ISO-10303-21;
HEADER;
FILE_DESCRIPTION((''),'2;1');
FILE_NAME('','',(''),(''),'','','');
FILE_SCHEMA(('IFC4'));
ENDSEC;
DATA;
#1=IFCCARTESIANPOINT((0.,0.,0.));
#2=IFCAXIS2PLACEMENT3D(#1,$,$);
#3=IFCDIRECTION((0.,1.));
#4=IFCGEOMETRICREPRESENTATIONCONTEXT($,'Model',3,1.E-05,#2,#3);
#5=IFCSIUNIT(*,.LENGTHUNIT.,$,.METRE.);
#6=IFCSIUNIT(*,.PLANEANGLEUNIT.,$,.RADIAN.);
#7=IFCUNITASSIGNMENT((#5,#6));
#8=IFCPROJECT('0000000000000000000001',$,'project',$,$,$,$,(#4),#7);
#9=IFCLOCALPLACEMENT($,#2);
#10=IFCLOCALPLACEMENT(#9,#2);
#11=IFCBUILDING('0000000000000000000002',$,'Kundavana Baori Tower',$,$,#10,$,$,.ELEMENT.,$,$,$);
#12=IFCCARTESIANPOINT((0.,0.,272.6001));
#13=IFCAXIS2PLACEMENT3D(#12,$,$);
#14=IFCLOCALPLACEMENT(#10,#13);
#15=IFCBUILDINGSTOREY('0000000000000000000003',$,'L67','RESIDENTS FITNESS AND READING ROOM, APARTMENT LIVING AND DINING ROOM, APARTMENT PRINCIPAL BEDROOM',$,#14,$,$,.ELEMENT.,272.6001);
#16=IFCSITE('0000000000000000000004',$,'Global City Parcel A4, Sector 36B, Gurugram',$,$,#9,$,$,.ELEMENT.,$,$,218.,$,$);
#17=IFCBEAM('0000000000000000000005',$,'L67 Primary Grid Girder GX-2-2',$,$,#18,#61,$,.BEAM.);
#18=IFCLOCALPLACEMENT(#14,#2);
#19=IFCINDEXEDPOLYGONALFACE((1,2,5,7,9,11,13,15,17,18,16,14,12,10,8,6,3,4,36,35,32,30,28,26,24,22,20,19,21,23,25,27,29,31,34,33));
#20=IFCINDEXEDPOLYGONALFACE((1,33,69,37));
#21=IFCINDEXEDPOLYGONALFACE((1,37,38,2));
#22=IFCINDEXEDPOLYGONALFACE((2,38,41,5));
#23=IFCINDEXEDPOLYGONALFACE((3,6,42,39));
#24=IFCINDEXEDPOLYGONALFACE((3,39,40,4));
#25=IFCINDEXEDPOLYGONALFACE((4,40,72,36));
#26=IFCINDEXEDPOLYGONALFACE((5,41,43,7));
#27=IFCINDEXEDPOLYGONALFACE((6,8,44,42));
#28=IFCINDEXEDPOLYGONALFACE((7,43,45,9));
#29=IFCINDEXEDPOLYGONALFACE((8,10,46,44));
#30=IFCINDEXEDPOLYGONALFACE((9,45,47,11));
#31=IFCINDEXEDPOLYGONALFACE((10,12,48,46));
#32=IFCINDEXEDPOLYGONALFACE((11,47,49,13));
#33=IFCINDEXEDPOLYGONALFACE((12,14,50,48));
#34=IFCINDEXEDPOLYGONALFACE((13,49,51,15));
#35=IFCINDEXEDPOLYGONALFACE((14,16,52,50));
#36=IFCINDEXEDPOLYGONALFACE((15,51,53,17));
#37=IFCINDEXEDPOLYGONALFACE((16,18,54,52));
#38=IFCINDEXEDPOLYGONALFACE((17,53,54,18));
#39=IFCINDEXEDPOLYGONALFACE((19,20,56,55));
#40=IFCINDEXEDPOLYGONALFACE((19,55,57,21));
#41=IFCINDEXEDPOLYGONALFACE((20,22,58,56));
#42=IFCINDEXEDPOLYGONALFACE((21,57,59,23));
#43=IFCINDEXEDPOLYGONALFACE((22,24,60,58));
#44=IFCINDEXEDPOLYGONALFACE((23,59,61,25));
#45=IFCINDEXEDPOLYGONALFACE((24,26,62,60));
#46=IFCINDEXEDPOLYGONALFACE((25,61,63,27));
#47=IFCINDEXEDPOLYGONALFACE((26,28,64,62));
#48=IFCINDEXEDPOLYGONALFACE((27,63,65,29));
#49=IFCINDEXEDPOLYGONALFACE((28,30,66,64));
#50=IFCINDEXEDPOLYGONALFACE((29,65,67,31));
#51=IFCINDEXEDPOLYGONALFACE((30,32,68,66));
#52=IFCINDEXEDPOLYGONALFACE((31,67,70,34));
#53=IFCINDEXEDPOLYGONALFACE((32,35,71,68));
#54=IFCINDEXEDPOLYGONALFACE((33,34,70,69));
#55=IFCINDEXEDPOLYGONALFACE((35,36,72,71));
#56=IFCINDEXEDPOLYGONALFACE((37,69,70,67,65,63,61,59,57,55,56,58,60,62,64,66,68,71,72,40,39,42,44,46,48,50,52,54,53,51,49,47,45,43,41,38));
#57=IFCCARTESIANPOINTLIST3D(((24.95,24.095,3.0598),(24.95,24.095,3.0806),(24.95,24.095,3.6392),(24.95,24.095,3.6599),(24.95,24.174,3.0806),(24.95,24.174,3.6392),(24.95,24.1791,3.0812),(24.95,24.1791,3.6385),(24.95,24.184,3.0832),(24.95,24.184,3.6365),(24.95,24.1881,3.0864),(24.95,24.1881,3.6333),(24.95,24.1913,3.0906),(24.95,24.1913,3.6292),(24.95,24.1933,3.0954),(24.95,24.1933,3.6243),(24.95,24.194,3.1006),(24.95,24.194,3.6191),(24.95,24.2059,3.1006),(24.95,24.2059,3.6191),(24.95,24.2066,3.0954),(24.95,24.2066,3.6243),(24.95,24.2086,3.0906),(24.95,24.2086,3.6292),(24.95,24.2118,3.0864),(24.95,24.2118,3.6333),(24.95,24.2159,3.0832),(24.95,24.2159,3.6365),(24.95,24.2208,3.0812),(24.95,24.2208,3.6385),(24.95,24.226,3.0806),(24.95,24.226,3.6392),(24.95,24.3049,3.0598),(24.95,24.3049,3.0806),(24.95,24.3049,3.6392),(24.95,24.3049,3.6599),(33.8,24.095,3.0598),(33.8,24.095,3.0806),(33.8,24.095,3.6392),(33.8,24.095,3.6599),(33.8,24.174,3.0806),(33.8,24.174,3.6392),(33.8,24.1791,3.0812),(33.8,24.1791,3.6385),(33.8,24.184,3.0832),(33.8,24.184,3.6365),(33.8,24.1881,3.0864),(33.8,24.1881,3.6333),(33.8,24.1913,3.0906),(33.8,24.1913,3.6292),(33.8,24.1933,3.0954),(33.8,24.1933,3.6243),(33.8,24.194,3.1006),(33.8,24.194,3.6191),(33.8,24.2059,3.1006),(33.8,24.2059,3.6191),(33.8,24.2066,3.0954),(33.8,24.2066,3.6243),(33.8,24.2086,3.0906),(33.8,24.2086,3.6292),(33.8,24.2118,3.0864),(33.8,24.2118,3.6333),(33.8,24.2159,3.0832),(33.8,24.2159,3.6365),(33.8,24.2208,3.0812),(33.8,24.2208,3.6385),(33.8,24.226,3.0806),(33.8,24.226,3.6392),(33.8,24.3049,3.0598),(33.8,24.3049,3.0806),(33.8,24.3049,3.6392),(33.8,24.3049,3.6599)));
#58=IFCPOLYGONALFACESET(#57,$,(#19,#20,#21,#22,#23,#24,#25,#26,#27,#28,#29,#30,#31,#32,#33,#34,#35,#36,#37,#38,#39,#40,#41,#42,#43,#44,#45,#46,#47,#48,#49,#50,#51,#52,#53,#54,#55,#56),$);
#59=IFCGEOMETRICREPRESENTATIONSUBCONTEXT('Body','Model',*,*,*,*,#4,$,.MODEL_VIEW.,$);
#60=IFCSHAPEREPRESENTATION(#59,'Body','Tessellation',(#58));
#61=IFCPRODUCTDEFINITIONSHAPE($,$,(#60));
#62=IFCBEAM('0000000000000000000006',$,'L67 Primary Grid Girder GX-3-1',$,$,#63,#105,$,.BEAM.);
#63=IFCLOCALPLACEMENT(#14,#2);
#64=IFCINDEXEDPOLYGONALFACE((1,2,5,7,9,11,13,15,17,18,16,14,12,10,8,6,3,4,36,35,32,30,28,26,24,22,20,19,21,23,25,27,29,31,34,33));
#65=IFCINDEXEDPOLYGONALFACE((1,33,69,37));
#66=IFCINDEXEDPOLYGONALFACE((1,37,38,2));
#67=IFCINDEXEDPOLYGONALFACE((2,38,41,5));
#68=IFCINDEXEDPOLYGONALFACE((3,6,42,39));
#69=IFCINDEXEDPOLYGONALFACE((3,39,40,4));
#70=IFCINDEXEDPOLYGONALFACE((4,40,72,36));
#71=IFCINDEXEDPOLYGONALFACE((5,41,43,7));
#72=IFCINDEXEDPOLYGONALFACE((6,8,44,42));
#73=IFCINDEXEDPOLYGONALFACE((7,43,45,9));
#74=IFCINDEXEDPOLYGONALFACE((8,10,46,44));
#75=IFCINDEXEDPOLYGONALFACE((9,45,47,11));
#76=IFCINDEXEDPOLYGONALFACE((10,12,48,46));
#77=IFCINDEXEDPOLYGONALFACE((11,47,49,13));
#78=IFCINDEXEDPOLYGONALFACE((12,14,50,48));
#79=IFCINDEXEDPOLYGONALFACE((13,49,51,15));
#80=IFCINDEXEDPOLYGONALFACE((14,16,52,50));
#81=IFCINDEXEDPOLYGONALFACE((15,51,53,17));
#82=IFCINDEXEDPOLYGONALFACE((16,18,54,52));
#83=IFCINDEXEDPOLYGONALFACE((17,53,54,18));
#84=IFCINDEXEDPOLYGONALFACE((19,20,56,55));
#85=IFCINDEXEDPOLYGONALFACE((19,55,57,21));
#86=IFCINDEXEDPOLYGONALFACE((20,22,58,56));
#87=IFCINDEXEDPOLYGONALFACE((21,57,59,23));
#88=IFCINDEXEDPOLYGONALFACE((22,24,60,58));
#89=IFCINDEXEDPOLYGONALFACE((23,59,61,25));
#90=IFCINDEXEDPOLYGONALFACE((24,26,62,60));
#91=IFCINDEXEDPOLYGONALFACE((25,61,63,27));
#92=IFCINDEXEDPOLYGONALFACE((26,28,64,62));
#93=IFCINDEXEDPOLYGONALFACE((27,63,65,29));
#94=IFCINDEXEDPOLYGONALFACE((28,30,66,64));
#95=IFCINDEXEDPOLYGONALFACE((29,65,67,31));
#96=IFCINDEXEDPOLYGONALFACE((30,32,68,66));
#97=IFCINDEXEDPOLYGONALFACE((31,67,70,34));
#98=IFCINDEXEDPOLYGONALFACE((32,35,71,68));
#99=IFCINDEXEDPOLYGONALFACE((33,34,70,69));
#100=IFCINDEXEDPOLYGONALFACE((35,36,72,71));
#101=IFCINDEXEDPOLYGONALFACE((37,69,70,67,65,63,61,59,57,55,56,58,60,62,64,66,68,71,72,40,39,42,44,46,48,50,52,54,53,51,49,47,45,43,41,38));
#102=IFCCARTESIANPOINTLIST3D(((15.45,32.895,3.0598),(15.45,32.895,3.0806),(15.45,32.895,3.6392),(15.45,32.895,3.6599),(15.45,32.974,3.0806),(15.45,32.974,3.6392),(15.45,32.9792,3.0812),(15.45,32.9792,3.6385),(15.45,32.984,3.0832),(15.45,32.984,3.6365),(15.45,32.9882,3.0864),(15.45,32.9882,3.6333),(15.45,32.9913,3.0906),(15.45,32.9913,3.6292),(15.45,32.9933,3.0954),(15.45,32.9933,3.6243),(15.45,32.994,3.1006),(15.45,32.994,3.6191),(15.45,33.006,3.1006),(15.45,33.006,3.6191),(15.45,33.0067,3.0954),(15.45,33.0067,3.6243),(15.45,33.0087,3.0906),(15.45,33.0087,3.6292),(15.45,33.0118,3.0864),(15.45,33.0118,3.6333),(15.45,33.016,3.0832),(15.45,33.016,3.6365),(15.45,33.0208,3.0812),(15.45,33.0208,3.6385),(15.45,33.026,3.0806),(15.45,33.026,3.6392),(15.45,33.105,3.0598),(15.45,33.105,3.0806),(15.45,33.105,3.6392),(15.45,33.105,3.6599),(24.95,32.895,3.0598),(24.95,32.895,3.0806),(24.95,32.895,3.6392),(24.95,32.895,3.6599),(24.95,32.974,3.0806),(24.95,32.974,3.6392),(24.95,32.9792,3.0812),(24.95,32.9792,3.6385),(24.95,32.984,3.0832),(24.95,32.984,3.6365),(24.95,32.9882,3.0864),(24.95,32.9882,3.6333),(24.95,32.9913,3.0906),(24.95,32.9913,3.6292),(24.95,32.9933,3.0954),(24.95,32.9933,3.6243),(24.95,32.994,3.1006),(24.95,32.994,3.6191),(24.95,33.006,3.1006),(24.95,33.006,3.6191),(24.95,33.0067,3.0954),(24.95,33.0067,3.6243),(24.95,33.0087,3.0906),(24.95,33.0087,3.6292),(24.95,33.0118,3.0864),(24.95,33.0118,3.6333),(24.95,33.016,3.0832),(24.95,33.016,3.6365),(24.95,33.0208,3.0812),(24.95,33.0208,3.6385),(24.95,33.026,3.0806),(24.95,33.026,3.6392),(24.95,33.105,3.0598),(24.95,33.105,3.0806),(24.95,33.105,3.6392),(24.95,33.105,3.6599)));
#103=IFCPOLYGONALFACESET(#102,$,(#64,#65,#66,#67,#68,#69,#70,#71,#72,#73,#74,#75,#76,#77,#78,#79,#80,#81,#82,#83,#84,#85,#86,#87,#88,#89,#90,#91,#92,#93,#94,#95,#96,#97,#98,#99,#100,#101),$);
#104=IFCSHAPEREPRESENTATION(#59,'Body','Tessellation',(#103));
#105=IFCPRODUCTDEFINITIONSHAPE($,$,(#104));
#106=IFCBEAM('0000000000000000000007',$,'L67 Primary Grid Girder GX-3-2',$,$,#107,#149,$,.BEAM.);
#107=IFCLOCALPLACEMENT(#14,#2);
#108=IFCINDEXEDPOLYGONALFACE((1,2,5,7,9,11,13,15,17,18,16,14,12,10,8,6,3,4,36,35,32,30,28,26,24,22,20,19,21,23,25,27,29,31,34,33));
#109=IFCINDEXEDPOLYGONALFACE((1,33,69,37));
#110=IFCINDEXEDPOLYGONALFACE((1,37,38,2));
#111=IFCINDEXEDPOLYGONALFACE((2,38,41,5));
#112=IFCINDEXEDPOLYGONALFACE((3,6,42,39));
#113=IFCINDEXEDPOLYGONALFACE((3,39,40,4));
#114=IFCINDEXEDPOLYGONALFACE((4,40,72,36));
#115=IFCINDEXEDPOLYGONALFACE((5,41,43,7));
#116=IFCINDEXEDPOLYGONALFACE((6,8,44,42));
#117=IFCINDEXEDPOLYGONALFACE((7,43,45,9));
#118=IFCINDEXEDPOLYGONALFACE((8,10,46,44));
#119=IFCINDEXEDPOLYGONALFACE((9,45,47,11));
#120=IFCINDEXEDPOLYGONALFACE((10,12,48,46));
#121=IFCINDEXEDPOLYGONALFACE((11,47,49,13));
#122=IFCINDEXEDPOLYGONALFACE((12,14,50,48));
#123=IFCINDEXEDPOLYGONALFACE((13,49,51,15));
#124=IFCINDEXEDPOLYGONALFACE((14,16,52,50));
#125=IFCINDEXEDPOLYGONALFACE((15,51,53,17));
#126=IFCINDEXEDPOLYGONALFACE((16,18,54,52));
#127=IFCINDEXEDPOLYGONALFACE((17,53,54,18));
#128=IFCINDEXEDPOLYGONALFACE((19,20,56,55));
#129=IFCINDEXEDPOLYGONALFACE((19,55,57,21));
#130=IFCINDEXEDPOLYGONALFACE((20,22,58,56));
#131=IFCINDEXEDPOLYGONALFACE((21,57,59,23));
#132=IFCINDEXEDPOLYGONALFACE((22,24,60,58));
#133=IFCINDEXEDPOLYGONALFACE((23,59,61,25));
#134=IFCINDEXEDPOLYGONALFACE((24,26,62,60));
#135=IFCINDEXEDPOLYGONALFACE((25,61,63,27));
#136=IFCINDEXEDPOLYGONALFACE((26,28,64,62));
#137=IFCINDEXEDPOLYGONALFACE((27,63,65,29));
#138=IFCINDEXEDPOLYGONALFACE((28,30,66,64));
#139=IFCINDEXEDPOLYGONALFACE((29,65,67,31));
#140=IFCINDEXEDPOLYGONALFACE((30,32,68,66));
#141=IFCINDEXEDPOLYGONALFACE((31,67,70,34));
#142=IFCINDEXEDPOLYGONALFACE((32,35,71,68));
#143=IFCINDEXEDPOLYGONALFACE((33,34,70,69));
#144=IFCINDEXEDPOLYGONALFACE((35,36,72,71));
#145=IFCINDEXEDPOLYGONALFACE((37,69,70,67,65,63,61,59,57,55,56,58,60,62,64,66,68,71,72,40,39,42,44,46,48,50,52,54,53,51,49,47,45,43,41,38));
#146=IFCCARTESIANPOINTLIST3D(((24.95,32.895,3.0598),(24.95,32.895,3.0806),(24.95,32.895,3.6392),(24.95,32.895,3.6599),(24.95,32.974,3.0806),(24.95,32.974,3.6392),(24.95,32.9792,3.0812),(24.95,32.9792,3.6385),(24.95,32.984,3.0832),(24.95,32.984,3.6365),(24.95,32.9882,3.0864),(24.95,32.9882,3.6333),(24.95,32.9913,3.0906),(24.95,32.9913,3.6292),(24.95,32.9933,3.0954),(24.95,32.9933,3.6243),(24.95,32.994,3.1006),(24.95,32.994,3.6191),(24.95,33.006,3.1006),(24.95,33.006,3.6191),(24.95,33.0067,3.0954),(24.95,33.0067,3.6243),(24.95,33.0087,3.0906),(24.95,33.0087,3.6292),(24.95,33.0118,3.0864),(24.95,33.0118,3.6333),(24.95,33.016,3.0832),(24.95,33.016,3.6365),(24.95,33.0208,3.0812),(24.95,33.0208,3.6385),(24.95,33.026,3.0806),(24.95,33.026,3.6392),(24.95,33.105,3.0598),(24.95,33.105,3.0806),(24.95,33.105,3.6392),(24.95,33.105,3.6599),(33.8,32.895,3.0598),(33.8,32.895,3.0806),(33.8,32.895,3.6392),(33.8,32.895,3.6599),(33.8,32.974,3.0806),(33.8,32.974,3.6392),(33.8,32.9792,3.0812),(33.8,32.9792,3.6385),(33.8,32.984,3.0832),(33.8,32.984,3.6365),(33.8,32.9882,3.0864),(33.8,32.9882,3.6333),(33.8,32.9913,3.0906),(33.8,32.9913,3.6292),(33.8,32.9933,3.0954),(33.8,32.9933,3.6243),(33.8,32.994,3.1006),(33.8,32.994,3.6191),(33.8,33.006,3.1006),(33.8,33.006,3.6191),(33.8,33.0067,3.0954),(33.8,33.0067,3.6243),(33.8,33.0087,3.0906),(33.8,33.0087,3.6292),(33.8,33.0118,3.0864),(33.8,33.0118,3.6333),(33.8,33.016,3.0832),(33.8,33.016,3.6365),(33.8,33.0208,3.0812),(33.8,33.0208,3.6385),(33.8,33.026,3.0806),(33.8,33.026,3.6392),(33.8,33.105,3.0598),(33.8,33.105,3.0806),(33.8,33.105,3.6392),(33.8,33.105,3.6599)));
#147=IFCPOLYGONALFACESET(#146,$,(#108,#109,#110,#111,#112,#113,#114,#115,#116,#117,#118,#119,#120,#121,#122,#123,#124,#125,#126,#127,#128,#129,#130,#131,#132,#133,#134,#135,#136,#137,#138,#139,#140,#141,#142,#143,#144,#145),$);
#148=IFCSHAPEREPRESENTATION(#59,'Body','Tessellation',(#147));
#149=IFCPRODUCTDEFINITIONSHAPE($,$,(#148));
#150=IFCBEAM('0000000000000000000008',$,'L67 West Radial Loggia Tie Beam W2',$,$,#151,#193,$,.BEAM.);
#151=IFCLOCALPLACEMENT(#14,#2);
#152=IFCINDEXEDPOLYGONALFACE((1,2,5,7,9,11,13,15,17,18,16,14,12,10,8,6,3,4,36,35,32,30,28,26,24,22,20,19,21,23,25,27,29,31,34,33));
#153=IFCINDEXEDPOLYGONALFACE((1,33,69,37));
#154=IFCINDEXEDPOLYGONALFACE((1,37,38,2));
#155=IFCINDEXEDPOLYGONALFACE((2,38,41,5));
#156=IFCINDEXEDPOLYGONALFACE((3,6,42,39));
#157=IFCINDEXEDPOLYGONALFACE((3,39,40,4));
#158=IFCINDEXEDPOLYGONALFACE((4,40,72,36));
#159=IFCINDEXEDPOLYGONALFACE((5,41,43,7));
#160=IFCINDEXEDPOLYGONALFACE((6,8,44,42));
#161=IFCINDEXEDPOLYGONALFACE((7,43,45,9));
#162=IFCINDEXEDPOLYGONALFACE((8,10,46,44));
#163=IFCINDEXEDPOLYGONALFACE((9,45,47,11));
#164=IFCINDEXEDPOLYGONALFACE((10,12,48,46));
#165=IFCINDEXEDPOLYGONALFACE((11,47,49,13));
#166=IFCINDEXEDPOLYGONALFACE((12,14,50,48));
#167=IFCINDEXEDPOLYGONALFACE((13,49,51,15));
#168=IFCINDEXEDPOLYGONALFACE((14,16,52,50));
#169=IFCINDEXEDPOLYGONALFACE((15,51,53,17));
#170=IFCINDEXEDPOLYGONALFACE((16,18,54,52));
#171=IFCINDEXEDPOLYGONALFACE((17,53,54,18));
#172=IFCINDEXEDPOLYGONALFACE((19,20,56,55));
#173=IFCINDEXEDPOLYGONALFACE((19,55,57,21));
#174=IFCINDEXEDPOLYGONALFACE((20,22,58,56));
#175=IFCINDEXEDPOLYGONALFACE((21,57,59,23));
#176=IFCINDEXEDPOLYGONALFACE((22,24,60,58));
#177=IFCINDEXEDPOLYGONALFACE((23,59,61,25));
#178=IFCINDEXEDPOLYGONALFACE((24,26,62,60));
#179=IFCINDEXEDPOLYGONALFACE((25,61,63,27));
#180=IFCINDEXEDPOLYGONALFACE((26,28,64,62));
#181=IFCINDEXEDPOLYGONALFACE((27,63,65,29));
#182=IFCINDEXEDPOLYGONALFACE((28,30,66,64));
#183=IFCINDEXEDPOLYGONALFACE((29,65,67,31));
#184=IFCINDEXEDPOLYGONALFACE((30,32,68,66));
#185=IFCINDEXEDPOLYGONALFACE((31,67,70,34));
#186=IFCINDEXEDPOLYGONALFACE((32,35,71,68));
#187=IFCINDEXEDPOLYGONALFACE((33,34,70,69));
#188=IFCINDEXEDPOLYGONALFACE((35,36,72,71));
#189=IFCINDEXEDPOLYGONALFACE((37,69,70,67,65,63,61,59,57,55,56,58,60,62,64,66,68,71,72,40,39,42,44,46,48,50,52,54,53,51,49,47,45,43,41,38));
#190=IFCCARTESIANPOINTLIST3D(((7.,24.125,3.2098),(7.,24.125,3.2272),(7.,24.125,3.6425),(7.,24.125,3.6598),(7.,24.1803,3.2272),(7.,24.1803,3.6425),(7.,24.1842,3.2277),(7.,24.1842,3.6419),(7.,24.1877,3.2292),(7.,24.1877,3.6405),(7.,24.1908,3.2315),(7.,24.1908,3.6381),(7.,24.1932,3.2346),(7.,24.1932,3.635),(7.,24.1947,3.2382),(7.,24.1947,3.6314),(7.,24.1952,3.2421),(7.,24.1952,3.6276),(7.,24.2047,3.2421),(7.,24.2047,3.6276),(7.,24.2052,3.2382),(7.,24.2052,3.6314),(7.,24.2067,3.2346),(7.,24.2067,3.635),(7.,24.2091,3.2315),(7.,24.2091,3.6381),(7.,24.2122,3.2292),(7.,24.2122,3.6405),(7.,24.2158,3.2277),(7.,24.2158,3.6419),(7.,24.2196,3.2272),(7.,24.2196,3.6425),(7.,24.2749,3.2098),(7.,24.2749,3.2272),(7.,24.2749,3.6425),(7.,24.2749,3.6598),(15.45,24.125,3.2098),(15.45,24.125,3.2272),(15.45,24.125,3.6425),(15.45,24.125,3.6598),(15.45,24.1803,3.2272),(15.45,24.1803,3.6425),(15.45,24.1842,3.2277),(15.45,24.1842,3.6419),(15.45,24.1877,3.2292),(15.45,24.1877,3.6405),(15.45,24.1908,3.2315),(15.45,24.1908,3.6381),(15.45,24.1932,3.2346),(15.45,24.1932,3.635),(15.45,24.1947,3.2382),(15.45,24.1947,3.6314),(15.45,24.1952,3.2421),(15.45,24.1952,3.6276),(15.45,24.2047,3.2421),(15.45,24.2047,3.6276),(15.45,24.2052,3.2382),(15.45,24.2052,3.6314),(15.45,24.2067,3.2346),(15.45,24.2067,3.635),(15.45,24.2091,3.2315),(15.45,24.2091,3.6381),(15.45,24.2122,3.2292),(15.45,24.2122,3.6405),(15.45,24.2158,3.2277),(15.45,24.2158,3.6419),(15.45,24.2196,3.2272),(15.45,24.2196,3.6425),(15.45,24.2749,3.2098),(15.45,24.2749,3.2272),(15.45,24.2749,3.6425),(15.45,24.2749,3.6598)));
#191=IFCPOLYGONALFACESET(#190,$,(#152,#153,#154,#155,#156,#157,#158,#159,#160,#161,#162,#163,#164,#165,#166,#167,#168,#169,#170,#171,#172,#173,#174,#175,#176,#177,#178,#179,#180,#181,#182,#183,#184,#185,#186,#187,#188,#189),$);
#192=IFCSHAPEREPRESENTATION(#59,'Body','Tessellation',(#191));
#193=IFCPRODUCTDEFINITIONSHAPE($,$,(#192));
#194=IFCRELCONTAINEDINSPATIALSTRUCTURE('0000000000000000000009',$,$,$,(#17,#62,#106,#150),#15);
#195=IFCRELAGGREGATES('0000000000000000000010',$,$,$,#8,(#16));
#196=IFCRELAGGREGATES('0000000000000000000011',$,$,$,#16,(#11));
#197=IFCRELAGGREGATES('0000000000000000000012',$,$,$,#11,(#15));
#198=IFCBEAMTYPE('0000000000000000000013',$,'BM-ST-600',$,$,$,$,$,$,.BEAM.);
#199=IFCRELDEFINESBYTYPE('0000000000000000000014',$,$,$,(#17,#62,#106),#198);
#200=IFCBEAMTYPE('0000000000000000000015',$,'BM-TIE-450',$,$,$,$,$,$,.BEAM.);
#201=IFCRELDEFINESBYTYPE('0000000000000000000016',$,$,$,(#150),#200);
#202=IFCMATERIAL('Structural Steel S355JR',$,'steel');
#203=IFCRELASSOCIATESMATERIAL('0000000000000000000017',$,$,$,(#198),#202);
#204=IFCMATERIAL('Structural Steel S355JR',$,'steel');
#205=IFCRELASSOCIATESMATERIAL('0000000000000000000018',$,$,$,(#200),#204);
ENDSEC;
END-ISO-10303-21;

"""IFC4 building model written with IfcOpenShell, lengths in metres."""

from ifc_helpers import new_model, si_unit, direction, frame, origin, origin_2d, place, context, subcontext, project, spatial, i_section, extrude, material, material_profile, profile_set, type_object, element, save


model = new_model("IFC4")

# Units and contexts
model_context = context("Model", 3, precision=1e-05, world=origin(), true_north=direction((0.0, 1.0)))
body_context = subcontext(model_context, "Body", "Model", "MODEL_VIEW")
ifc_project = project(units=[si_unit("LENGTHUNIT", "METRE"), si_unit("PLANEANGLEUNIT", "RADIAN")], contexts=[model_context])

# Site, building, storey
site_placement = place(None, origin())
site = spatial("IfcSite", under=ifc_project, at=site_placement, Name="Global City Parcel A4, Sector 36B, Gurugram", CompositionType="ELEMENT", RefElevation=218.0)
building_placement = place(site_placement, origin())
building = spatial("IfcBuilding", under=site, at=building_placement, Name="Kundavana Baori Tower", CompositionType="ELEMENT")
storey_placement = place(building_placement, frame((0.0, 0.0, 272.6001)))
storey = spatial("IfcBuildingStorey", under=building, at=storey_placement, Name="L67", Description="RESIDENTS FITNESS AND READING ROOM, APARTMENT LIVING AND DINING ROOM, APARTMENT PRINCIPAL BEDROOM", CompositionType="ELEMENT", Elevation=272.6001)

# Beams
ifc_material_1 = material(Name="Structural Steel S355JR", Category="steel")
ifc_material_profile_1 = material_profile(ifc_material_1, i_section(OverallWidth=0.21, OverallDepth=0.6001, WebThickness=0.012, FlangeThickness=0.0208, FilletRadius=0.02, at=origin_2d()), Name="ISMB 600")
ifc_profile_set_1 = profile_set([ifc_material_profile_1], Name="Structural Steel S355JR")
beam_type_1 = type_object("IfcBeamType", Name="BM-ST-600", PredefinedType="BEAM", material=ifc_profile_set_1)
beam_1_placement = place(storey_placement, frame((24.95, 24.2, 3.3599), z_axis=(1.0, 0.0, 0.0), x_axis=(0.0, 1.0, 0.0)))
element("IfcBeam", 1, at=beam_1_placement, inside=storey, type_object=beam_type_1, Name="L67 Primary Grid Girder GX-2-2", PredefinedType="BEAM", context=body_context, shape_type="SweptSolid", body=[
    extrude(i_section(OverallWidth=0.21, OverallDepth=0.6001, WebThickness=0.012, FlangeThickness=0.0208, FilletRadius=0.02, at=origin_2d()), origin(), (0.0, 0.0, 1.0), 8.8501),
])
beam_2_placement = place(storey_placement, frame((15.45, 33.0, 3.3599), z_axis=(1.0, 0.0, 0.0), x_axis=(0.0, 1.0, 0.0)))
element("IfcBeam", 2, at=beam_2_placement, inside=storey, type_object=beam_type_1, Name="L67 Primary Grid Girder GX-3-1", PredefinedType="BEAM", context=body_context, shape_type="SweptSolid", body=[
    extrude(i_section(OverallWidth=0.21, OverallDepth=0.6001, WebThickness=0.012, FlangeThickness=0.0208, FilletRadius=0.02, at=origin_2d()), origin(), (0.0, 0.0, 1.0), 9.5),
])
beam_3_placement = place(storey_placement, frame((24.95, 33.0, 3.3599), z_axis=(1.0, 0.0, 0.0), x_axis=(0.0, 1.0, 0.0)))
element("IfcBeam", 3, at=beam_3_placement, inside=storey, type_object=beam_type_1, Name="L67 Primary Grid Girder GX-3-2", PredefinedType="BEAM", context=body_context, shape_type="SweptSolid", body=[
    extrude(i_section(OverallWidth=0.21, OverallDepth=0.6001, WebThickness=0.012, FlangeThickness=0.0208, FilletRadius=0.02, at=origin_2d()), origin(), (0.0, 0.0, 1.0), 8.8501),
])
ifc_material_2 = material(Name="Structural Steel S355JR", Category="steel")
ifc_material_profile_2 = material_profile(ifc_material_2, i_section(OverallWidth=0.1499, OverallDepth=0.45, WebThickness=0.0095, FlangeThickness=0.0173, FilletRadius=0.0149, at=origin_2d()), Name="ISMB 450")
ifc_profile_set_2 = profile_set([ifc_material_profile_2], Name="Structural Steel S355JR")
beam_type_2 = type_object("IfcBeamType", Name="BM-TIE-450", PredefinedType="BEAM", material=ifc_profile_set_2)
for number, where, z_axis, x_axis, name in (
    (4, (15.45, 24.2, 3.4348), (-1.0, 0.0, 0.0), (0.0, -1.0, 0.0), "L67 West Radial Loggia Tie Beam W2"),
):
    element("IfcBeam", number, at=place(storey_placement, frame(where, z_axis=z_axis, x_axis=x_axis)), inside=storey, type_object=beam_type_2, Name=name, PredefinedType="BEAM", context=body_context, shape_type="SweptSolid", body=[
        extrude(i_section(OverallWidth=0.1499, OverallDepth=0.45, WebThickness=0.0095, FlangeThickness=0.0173, FilletRadius=0.0149, at=origin_2d()), origin(), (0.0, 0.0, 1.0), 8.45),
    ])

save(model, "model.ifc")
